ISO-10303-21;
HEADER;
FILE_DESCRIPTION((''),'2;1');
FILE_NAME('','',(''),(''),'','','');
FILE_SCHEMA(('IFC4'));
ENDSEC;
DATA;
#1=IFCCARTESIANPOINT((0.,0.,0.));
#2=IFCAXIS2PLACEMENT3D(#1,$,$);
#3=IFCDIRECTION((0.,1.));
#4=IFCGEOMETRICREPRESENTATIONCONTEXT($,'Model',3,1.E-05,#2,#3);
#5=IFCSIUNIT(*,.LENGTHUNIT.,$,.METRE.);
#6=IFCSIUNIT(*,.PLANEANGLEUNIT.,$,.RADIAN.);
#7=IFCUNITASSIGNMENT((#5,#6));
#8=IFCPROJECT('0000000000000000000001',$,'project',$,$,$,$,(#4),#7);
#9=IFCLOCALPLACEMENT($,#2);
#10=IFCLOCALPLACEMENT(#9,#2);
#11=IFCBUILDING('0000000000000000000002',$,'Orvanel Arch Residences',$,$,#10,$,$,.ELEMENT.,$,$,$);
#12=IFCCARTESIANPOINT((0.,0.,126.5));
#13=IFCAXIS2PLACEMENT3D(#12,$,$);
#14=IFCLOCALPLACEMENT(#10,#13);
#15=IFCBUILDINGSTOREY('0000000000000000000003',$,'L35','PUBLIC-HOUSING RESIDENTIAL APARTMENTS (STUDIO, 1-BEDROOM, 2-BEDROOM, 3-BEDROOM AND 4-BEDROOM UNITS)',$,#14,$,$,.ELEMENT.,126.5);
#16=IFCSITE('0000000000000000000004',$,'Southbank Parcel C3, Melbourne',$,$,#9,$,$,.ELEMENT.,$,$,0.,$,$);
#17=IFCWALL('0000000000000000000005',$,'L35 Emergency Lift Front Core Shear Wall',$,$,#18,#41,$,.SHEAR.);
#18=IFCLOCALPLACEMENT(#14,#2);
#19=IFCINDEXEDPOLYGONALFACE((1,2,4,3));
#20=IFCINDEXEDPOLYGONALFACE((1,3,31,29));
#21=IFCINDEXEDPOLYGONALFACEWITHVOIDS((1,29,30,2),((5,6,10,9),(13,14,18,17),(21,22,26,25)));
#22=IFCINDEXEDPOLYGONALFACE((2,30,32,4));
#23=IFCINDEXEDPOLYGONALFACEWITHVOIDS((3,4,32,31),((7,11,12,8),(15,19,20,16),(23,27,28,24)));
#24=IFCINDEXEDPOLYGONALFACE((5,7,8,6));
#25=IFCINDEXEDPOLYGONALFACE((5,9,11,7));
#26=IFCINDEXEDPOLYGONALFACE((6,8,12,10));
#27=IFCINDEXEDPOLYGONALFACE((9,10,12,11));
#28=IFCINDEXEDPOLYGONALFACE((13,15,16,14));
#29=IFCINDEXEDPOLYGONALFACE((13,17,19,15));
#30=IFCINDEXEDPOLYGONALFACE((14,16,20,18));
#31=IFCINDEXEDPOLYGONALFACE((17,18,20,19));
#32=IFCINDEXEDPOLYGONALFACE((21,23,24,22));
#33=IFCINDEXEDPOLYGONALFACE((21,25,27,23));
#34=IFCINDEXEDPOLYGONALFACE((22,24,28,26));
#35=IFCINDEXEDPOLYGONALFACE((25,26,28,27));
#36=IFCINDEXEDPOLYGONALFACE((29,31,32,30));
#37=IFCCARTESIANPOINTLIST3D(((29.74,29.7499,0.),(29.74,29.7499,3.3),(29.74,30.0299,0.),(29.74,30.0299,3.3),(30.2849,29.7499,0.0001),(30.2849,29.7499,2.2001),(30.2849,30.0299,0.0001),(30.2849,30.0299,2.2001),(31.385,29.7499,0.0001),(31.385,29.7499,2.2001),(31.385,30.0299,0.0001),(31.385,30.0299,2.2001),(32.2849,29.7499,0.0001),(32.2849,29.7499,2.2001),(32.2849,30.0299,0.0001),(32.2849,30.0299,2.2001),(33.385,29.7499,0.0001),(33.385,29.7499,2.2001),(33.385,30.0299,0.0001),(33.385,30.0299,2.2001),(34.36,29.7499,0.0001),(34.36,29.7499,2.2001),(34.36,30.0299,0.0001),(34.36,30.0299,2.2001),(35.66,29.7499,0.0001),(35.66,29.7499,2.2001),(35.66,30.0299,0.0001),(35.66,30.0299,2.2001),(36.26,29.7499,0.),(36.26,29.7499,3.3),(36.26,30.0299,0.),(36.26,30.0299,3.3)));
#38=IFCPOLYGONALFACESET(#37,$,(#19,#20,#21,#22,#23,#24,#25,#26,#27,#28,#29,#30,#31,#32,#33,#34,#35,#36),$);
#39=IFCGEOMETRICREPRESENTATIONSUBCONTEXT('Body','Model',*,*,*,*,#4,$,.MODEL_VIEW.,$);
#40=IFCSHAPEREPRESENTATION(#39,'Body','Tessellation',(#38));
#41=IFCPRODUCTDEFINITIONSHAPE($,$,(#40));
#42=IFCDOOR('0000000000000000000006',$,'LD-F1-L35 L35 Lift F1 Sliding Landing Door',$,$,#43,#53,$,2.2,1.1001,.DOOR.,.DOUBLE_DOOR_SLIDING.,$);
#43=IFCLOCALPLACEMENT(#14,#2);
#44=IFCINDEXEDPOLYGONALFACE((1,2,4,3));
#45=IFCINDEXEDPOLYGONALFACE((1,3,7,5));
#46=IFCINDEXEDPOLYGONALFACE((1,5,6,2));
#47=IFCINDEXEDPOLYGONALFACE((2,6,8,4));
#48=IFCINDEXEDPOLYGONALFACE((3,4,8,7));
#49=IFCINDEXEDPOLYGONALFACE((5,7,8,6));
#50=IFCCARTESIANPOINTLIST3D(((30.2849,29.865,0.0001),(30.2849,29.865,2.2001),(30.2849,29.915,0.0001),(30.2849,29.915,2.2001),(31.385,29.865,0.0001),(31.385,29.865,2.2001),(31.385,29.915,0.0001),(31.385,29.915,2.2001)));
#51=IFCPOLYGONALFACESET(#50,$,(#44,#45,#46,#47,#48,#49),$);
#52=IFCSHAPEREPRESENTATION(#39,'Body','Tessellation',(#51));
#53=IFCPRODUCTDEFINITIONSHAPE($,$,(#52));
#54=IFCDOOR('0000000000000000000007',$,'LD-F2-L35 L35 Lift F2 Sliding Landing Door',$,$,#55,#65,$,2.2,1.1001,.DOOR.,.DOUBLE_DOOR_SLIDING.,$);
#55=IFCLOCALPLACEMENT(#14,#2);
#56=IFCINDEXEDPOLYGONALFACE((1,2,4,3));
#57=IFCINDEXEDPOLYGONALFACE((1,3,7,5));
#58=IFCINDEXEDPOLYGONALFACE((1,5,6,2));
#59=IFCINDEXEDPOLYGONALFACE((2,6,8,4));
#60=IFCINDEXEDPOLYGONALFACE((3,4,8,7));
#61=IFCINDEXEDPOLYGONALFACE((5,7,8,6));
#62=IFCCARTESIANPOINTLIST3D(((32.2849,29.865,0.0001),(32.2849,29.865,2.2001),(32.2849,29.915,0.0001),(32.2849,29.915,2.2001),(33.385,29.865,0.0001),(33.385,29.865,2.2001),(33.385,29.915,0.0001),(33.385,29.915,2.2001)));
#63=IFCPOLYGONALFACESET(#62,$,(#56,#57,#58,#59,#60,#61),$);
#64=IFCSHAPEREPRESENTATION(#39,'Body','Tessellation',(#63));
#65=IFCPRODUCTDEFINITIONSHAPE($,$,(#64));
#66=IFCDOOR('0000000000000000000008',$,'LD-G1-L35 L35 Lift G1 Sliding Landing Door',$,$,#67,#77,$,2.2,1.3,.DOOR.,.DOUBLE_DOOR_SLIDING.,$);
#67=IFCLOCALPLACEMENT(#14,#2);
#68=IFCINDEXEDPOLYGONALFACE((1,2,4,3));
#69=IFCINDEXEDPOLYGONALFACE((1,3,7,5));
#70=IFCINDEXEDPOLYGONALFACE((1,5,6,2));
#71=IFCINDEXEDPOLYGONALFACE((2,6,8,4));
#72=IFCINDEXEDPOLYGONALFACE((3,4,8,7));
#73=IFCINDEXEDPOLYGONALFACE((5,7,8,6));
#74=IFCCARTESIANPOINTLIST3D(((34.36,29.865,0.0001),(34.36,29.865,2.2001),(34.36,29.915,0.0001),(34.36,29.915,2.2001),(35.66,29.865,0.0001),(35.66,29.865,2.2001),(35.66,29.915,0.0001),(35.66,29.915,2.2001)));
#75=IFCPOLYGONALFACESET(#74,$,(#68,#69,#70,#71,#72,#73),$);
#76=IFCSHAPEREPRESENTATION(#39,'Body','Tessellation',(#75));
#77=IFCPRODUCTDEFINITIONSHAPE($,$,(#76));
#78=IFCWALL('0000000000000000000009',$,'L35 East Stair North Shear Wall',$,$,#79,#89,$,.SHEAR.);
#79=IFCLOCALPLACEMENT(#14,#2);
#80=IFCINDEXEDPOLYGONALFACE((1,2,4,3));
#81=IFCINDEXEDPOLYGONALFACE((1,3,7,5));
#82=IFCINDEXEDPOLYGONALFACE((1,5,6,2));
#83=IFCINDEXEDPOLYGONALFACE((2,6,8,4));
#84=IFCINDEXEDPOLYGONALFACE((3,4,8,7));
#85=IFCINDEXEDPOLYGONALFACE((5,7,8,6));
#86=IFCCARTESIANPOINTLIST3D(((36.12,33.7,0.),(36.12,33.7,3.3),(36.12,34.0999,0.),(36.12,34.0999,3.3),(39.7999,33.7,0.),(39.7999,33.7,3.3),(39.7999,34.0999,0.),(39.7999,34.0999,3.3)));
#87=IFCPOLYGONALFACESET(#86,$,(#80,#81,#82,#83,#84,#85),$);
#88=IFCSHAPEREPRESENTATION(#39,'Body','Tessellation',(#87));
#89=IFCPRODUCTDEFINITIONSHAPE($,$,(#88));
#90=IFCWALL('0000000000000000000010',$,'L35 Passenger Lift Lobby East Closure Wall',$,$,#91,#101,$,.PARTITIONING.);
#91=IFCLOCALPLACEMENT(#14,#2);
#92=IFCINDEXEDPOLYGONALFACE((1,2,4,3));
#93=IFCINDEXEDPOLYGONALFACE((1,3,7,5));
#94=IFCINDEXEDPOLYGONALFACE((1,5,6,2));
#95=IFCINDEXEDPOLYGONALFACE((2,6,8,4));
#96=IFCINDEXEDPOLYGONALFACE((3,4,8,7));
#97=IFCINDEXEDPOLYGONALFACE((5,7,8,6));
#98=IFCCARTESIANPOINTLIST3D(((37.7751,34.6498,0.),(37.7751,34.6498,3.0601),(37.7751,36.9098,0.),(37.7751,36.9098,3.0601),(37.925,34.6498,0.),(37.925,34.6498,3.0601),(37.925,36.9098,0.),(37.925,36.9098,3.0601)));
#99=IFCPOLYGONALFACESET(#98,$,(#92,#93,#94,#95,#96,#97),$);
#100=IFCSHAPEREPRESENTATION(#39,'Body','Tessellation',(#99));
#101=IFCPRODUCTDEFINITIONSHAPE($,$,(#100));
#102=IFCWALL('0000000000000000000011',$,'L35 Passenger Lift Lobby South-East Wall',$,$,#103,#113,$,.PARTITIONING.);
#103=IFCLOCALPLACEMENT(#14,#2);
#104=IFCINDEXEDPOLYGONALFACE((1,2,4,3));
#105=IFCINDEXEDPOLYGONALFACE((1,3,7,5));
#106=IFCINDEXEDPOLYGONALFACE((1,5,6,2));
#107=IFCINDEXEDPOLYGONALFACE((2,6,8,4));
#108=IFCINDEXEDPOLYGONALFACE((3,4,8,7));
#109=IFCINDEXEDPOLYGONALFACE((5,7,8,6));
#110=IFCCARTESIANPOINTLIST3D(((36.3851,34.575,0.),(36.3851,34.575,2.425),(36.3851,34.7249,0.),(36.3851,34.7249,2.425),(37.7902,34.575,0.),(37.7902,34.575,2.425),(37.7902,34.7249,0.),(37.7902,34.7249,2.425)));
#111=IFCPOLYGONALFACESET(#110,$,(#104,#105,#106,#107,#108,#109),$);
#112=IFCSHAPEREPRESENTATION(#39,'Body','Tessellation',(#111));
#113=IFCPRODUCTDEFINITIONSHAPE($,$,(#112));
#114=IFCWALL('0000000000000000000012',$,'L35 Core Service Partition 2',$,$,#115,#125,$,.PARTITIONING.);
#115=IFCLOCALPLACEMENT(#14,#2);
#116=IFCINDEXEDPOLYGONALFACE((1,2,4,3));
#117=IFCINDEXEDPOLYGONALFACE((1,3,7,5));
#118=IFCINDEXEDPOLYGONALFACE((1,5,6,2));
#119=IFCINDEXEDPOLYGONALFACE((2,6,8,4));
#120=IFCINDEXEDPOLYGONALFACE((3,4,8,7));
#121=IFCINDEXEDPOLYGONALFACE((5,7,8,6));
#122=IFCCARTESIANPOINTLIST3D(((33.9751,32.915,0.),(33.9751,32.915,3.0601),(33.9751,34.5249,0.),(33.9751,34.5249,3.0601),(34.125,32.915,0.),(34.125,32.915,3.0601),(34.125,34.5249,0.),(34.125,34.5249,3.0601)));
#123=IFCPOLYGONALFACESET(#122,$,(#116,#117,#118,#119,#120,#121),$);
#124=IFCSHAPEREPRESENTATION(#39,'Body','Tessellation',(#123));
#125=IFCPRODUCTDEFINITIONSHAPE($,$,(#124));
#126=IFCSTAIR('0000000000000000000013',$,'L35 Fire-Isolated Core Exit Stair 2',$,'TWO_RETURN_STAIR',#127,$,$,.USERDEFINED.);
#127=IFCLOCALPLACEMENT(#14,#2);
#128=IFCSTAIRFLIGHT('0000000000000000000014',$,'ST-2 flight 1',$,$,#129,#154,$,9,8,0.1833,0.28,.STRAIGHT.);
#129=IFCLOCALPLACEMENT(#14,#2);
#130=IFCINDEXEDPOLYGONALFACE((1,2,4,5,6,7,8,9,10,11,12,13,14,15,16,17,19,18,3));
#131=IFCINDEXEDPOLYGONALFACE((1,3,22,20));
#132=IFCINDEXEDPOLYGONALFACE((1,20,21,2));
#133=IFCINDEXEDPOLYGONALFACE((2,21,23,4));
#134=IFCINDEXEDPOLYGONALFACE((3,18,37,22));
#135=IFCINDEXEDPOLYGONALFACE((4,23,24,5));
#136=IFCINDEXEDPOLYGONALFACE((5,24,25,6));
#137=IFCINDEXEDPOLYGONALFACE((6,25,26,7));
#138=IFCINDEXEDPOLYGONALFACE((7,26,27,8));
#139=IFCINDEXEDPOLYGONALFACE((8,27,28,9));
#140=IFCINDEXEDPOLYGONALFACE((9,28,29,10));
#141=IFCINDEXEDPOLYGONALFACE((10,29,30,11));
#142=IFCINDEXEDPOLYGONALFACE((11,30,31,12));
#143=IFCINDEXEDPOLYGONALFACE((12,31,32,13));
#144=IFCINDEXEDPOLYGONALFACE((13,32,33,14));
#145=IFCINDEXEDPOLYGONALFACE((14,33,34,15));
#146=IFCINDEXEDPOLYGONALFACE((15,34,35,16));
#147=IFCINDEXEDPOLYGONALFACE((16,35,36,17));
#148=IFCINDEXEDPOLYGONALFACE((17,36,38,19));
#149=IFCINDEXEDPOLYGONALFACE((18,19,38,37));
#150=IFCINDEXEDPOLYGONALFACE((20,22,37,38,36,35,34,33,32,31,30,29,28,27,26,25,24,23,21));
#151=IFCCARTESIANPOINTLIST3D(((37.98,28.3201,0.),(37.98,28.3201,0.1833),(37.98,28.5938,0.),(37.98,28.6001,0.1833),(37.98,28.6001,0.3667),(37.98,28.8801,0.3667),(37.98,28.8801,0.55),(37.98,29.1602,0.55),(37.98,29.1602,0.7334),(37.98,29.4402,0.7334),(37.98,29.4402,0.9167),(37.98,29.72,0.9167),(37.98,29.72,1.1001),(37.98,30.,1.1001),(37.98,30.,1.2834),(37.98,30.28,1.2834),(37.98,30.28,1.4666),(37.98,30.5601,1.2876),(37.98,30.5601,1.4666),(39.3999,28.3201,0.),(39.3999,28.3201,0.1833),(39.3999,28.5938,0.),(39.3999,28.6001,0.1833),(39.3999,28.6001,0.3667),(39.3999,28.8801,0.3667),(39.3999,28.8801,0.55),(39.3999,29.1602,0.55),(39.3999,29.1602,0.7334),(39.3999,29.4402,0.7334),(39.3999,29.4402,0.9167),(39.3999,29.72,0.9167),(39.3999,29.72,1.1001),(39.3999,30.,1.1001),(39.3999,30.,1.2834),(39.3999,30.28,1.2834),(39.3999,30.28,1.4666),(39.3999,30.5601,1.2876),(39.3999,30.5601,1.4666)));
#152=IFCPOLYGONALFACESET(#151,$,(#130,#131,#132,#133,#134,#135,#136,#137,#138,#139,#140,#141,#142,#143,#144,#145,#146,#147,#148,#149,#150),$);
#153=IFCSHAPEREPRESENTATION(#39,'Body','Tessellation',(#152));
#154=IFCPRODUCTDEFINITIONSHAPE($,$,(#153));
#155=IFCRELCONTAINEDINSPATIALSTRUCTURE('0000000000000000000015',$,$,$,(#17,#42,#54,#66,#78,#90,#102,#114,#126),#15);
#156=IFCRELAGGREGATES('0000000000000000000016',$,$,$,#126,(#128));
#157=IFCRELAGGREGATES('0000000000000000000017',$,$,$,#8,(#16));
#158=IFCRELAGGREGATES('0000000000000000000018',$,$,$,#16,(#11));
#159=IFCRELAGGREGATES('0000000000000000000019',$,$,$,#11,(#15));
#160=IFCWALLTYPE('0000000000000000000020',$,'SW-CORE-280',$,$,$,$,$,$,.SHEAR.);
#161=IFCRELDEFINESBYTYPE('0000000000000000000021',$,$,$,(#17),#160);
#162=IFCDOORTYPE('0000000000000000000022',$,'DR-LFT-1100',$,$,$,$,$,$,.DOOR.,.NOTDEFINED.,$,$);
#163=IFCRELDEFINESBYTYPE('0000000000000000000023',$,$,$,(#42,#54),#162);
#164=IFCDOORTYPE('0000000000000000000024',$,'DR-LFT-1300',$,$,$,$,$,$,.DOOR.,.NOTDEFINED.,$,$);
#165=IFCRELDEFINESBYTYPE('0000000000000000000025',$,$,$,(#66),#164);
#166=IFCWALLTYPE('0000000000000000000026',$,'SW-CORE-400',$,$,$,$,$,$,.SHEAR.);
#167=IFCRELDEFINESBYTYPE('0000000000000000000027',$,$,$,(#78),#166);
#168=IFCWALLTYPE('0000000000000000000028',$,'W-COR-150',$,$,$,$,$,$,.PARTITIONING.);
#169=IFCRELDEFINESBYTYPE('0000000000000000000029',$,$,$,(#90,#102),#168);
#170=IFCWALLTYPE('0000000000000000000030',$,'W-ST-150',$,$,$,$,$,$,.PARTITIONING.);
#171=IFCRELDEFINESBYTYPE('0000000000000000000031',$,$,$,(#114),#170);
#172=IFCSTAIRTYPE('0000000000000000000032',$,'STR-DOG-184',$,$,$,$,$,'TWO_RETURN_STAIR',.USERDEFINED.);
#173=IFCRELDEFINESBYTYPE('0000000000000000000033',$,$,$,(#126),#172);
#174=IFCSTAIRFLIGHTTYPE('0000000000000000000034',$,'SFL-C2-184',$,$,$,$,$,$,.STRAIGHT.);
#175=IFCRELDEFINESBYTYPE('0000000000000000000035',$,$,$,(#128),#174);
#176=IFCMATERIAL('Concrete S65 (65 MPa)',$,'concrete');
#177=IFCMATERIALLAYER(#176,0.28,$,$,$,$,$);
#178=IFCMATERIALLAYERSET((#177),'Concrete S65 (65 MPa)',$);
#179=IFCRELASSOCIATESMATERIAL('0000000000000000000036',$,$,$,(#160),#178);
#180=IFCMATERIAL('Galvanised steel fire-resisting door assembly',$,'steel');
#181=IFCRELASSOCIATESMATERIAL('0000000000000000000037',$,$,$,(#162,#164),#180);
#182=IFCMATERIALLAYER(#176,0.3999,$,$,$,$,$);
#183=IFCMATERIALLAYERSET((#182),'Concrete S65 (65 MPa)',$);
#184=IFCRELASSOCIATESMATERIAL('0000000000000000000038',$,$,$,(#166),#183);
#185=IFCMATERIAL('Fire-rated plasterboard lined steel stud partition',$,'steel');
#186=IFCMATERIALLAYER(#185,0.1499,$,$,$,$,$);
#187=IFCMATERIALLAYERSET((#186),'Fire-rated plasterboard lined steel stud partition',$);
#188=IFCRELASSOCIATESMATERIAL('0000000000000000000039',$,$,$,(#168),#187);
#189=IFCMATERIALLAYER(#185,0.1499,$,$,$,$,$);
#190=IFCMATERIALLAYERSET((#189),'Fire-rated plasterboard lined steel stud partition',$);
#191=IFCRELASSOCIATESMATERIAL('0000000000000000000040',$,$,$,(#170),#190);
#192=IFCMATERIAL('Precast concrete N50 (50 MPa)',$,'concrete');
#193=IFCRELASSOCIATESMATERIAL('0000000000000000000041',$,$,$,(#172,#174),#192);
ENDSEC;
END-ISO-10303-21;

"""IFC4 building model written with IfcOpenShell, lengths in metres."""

from ifc_helpers import new_model, si_unit, direction, frame, frame_2d, origin, place, context, subcontext, project, spatial, polyline, rectangle, outline, extrude, material, layer, layer_set, type_object, element, fill, aggregate, save


model = new_model("IFC4")

# Units and contexts
model_context = context("Model", 3, precision=1e-05, world=origin(), true_north=direction((0.0, 1.0)))
body_context = subcontext(model_context, "Body", "Model", "MODEL_VIEW")
ifc_project = project(units=[si_unit("LENGTHUNIT", "METRE"), si_unit("PLANEANGLEUNIT", "RADIAN")], contexts=[model_context])

# Site, building, storey
site_placement = place(None, origin())
site = spatial("IfcSite", under=ifc_project, at=site_placement, Name="Southbank Parcel C3, Melbourne", CompositionType="ELEMENT", RefElevation=0.0)
building_placement = place(site_placement, origin())
building = spatial("IfcBuilding", under=site, at=building_placement, Name="Orvanel Arch Residences", CompositionType="ELEMENT")
storey_placement = place(building_placement, frame((0.0, 0.0, 126.5)))
storey = spatial("IfcBuildingStorey", under=building, at=storey_placement, Name="L35", Description="PUBLIC-HOUSING RESIDENTIAL APARTMENTS (STUDIO, 1-BEDROOM, 2-BEDROOM, 3-BEDROOM AND 4-BEDROOM UNITS)", CompositionType="ELEMENT", Elevation=126.5)

# Shared definitions
ifc_material_1 = material(Name="Concrete S65 (65 MPa)", Category="concrete")

# Wall, openings, doors
ifc_layer_1 = layer(ifc_material_1, 0.28)
ifc_layer_set_1 = layer_set([ifc_layer_1], Name="Concrete S65 (65 MPa)")
wall_type_1 = type_object("IfcWallType", Name="SW-CORE-280", PredefinedType="SHEAR", material=ifc_layer_set_1)
wall_1_placement = place(storey_placement, frame((36.26, 29.8899, 0.0), z_axis=(0.0, 0.0, 1.0), x_axis=(-1.0, 0.0, 0.0)))
wall_1 = element("IfcWall", 1, at=wall_1_placement, inside=storey, type_object=wall_type_1, Name="L35 Emergency Lift Front Core Shear Wall", PredefinedType="SHEAR", context=body_context, shape_type="SweptSolid", body=[
    extrude(rectangle(XDim=6.52, YDim=0.28, at=frame_2d((3.26, 0.0))), origin(), (0.0, 0.0, 1.0), 3.3),
])
opening_1_placement = place(wall_1_placement, frame((4.875, 0.0, 0.0)))
opening_1 = element("IfcOpeningElement", 2, at=opening_1_placement, cuts=wall_1, PredefinedType="OPENING", context=body_context, shape_type="SweptSolid", body=[
    extrude(rectangle(XDim=1.1001, YDim=2.2, at=frame_2d((0.55, 1.1001))), frame((0.0, 0.1499, 0.0), z_axis=(0.0, -1.0, 0.0), x_axis=(1.0, 0.0, 0.0)), (0.0, 0.0, 1.0), 0.3),
])
opening_2_placement = place(wall_1_placement, frame((2.875, 0.0, 0.0)))
opening_2 = element("IfcOpeningElement", 3, at=opening_2_placement, cuts=wall_1, PredefinedType="OPENING", context=body_context, shape_type="SweptSolid", body=[
    extrude(rectangle(XDim=1.1001, YDim=2.2, at=frame_2d((0.55, 1.1001))), frame((0.0, 0.1499, 0.0), z_axis=(0.0, -1.0, 0.0), x_axis=(1.0, 0.0, 0.0)), (0.0, 0.0, 1.0), 0.3),
])
opening_3_placement = place(wall_1_placement, frame((0.6001, 0.0, 0.0)))
opening_3 = element("IfcOpeningElement", 4, at=opening_3_placement, cuts=wall_1, PredefinedType="OPENING", context=body_context, shape_type="SweptSolid", body=[
    extrude(rectangle(XDim=1.3, YDim=2.2, at=frame_2d((0.6499, 1.1001))), frame((0.0, 0.1499, 0.0), z_axis=(0.0, -1.0, 0.0), x_axis=(1.0, 0.0, 0.0)), (0.0, 0.0, 1.0), 0.3),
])
ifc_material_2 = material(Name="Galvanised steel fire-resisting door assembly", Category="steel")
door_type_1 = type_object("IfcDoorType", Name="DR-LFT-1100", OperationType="NOTDEFINED", PredefinedType="DOOR", material=ifc_material_2)
door_1_placement = place(opening_1_placement, origin())
door_1 = element("IfcDoor", 5, at=door_1_placement, inside=storey, type_object=door_type_1, Name="LD-F1-L35 L35 Lift F1 Sliding Landing Door", OperationType="DOUBLE_DOOR_SLIDING", OverallHeight=2.2, OverallWidth=1.1001, PredefinedType="DOOR", context=body_context, shape_type="SweptSolid", body=[
    extrude(rectangle(XDim=1.1001, YDim=2.2, at=frame_2d((0.55, 1.1001))), frame((0.0, 0.0249, 0.0), z_axis=(0.0, -1.0, 0.0), x_axis=(1.0, 0.0, 0.0)), (0.0, 0.0, 1.0), 0.05),
])
fill(opening_1, door_1)
door_2_placement = place(opening_2_placement, origin())
door_2 = element("IfcDoor", 6, at=door_2_placement, inside=storey, type_object=door_type_1, Name="LD-F2-L35 L35 Lift F2 Sliding Landing Door", OperationType="DOUBLE_DOOR_SLIDING", OverallHeight=2.2, OverallWidth=1.1001, PredefinedType="DOOR", context=body_context, shape_type="SweptSolid", body=[
    extrude(rectangle(XDim=1.1001, YDim=2.2, at=frame_2d((0.55, 1.1001))), frame((0.0, 0.0249, 0.0), z_axis=(0.0, -1.0, 0.0), x_axis=(1.0, 0.0, 0.0)), (0.0, 0.0, 1.0), 0.05),
])
fill(opening_2, door_2)
door_type_2 = type_object("IfcDoorType", Name="DR-LFT-1300", OperationType="NOTDEFINED", PredefinedType="DOOR", material=ifc_material_2)
door_3_placement = place(opening_3_placement, origin())
door_3 = element("IfcDoor", 7, at=door_3_placement, inside=storey, type_object=door_type_2, Name="LD-G1-L35 L35 Lift G1 Sliding Landing Door", OperationType="DOUBLE_DOOR_SLIDING", OverallHeight=2.2, OverallWidth=1.3, PredefinedType="DOOR", context=body_context, shape_type="SweptSolid", body=[
    extrude(rectangle(XDim=1.3, YDim=2.2, at=frame_2d((0.6499, 1.1001))), frame((0.0, 0.0249, 0.0), z_axis=(0.0, -1.0, 0.0), x_axis=(1.0, 0.0, 0.0)), (0.0, 0.0, 1.0), 0.05),
])
fill(opening_3, door_3)

# Walls
ifc_layer_2 = layer(ifc_material_1, 0.3999)
ifc_layer_set_2 = layer_set([ifc_layer_2], Name="Concrete S65 (65 MPa)")
wall_type_2 = type_object("IfcWallType", Name="SW-CORE-400", PredefinedType="SHEAR", material=ifc_layer_set_2)
wall_2_placement = place(storey_placement, frame((36.1201, 33.8999, 0.0), z_axis=(0.0, 0.0, 1.0), x_axis=(1.0, 0.0, 0.0)))
element("IfcWall", 8, at=wall_2_placement, inside=storey, type_object=wall_type_2, Name="L35 East Stair North Shear Wall", PredefinedType="SHEAR", context=body_context, shape_type="SweptSolid", body=[
    extrude(rectangle(XDim=3.6799, YDim=0.3999, at=frame_2d((1.8398, 0.0))), origin(), (0.0, 0.0, 1.0), 3.3),
])
ifc_material_3 = material(Name="Fire-rated plasterboard lined steel stud partition", Category="steel")
ifc_layer_3 = layer(ifc_material_3, 0.1499)
ifc_layer_set_3 = layer_set([ifc_layer_3], Name="Fire-rated plasterboard lined steel stud partition")
wall_type_3 = type_object("IfcWallType", Name="W-COR-150", PredefinedType="PARTITIONING", material=ifc_layer_set_3)
wall_3_placement = place(storey_placement, frame((37.8501, 34.6499, 0.0), z_axis=(0.0, 0.0, 1.0), x_axis=(0.0, 1.0, 0.0)))
element("IfcWall", 9, at=wall_3_placement, inside=storey, type_object=wall_type_3, Name="L35 Passenger Lift Lobby East Closure Wall", PredefinedType="PARTITIONING", context=body_context, shape_type="SweptSolid", body=[
    extrude(rectangle(XDim=2.26, YDim=0.1499, at=frame_2d((1.1299, 0.0))), origin(), (0.0, 0.0, 1.0), 3.0601),
])
wall_4_placement = place(storey_placement, frame((36.385, 34.6499, 0.0), z_axis=(0.0, 0.0, 1.0), x_axis=(1.0, 0.0, 0.0)))
element("IfcWall", 10, at=wall_4_placement, inside=storey, type_object=wall_type_3, Name="L35 Passenger Lift Lobby South-East Wall", PredefinedType="PARTITIONING", context=body_context, shape_type="SweptSolid", body=[
    extrude(rectangle(XDim=1.405, YDim=0.1499, at=frame_2d((0.7026, 0.0))), origin(), (0.0, 0.0, 1.0), 2.425),
])
ifc_layer_4 = layer(ifc_material_3, 0.1499)
ifc_layer_set_4 = layer_set([ifc_layer_4], Name="Fire-rated plasterboard lined steel stud partition")
wall_type_4 = type_object("IfcWallType", Name="W-ST-150", PredefinedType="PARTITIONING", material=ifc_layer_set_4)
wall_5_placement = place(storey_placement, frame((34.05, 32.915, 0.0), z_axis=(0.0, 0.0, 1.0), x_axis=(0.0, 1.0, 0.0)))
element("IfcWall", 11, at=wall_5_placement, inside=storey, type_object=wall_type_4, Name="L35 Core Service Partition 2", PredefinedType="PARTITIONING", context=body_context, shape_type="SweptSolid", body=[
    extrude(rectangle(XDim=1.6099, YDim=0.1499, at=frame_2d((0.8049, 0.0))), origin(), (0.0, 0.0, 1.0), 3.0601),
])

# Stair, stair flight
ifc_material_4 = material(Name="Precast concrete N50 (50 MPa)", Category="concrete")
stair_type = type_object("IfcStairType", Name="STR-DOG-184", ElementType="TWO_RETURN_STAIR", PredefinedType="USERDEFINED", material=ifc_material_4)
stair_placement = place(storey_placement, origin())
stair = element("IfcStair", 12, at=stair_placement, inside=storey, type_object=stair_type, Name="L35 Fire-Isolated Core Exit Stair 2", ObjectType="TWO_RETURN_STAIR", PredefinedType="USERDEFINED")
stair_flight_type = type_object("IfcStairFlightType", Name="SFL-C2-184", PredefinedType="STRAIGHT", material=ifc_material_4)
stair_flight_1_placement = place(storey_placement, frame((38.6899, 28.3201, 0.0), z_axis=(0.0, 0.0, 1.0), x_axis=(0.0, 1.0, 0.0)))
stair_flight_1 = element("IfcStairFlight", 13, at=stair_flight_1_placement, type_object=stair_flight_type, Name="ST-2 flight 1", NumberOfRisers=9, NumberOfTreads=8, PredefinedType="STRAIGHT", RiserHeight=0.1833, TreadLength=0.28, context=body_context, shape_type="SweptSolid", body=[
    extrude(outline(polyline([(0.0, 0.0), (0.0, 0.1833), (0.28, 0.1833), (0.28, 0.3667), (0.5601, 0.3667), (0.5601, 0.55), (0.8401, 0.55), (0.8401, 0.7334), (1.1201, 0.7334), (1.1201, 0.9167), (1.3999, 0.9167), (1.3999, 1.1001), (1.6799, 1.1001), (1.6799, 1.2834), (1.96, 1.2834), (1.96, 1.4666), (2.24, 1.4666), (2.24, 1.6499), (2.24, 1.2876), (0.2737, 0.0), (0.0, 0.0)])), frame((0.0, 0.71, 0.0), z_axis=(0.0, -1.0, 0.0), x_axis=(1.0, 0.0, 0.0)), (0.0, 0.0, 1.0), 1.4199),
])
aggregate(stair, [stair_flight_1])

save(model, "model.ifc")
